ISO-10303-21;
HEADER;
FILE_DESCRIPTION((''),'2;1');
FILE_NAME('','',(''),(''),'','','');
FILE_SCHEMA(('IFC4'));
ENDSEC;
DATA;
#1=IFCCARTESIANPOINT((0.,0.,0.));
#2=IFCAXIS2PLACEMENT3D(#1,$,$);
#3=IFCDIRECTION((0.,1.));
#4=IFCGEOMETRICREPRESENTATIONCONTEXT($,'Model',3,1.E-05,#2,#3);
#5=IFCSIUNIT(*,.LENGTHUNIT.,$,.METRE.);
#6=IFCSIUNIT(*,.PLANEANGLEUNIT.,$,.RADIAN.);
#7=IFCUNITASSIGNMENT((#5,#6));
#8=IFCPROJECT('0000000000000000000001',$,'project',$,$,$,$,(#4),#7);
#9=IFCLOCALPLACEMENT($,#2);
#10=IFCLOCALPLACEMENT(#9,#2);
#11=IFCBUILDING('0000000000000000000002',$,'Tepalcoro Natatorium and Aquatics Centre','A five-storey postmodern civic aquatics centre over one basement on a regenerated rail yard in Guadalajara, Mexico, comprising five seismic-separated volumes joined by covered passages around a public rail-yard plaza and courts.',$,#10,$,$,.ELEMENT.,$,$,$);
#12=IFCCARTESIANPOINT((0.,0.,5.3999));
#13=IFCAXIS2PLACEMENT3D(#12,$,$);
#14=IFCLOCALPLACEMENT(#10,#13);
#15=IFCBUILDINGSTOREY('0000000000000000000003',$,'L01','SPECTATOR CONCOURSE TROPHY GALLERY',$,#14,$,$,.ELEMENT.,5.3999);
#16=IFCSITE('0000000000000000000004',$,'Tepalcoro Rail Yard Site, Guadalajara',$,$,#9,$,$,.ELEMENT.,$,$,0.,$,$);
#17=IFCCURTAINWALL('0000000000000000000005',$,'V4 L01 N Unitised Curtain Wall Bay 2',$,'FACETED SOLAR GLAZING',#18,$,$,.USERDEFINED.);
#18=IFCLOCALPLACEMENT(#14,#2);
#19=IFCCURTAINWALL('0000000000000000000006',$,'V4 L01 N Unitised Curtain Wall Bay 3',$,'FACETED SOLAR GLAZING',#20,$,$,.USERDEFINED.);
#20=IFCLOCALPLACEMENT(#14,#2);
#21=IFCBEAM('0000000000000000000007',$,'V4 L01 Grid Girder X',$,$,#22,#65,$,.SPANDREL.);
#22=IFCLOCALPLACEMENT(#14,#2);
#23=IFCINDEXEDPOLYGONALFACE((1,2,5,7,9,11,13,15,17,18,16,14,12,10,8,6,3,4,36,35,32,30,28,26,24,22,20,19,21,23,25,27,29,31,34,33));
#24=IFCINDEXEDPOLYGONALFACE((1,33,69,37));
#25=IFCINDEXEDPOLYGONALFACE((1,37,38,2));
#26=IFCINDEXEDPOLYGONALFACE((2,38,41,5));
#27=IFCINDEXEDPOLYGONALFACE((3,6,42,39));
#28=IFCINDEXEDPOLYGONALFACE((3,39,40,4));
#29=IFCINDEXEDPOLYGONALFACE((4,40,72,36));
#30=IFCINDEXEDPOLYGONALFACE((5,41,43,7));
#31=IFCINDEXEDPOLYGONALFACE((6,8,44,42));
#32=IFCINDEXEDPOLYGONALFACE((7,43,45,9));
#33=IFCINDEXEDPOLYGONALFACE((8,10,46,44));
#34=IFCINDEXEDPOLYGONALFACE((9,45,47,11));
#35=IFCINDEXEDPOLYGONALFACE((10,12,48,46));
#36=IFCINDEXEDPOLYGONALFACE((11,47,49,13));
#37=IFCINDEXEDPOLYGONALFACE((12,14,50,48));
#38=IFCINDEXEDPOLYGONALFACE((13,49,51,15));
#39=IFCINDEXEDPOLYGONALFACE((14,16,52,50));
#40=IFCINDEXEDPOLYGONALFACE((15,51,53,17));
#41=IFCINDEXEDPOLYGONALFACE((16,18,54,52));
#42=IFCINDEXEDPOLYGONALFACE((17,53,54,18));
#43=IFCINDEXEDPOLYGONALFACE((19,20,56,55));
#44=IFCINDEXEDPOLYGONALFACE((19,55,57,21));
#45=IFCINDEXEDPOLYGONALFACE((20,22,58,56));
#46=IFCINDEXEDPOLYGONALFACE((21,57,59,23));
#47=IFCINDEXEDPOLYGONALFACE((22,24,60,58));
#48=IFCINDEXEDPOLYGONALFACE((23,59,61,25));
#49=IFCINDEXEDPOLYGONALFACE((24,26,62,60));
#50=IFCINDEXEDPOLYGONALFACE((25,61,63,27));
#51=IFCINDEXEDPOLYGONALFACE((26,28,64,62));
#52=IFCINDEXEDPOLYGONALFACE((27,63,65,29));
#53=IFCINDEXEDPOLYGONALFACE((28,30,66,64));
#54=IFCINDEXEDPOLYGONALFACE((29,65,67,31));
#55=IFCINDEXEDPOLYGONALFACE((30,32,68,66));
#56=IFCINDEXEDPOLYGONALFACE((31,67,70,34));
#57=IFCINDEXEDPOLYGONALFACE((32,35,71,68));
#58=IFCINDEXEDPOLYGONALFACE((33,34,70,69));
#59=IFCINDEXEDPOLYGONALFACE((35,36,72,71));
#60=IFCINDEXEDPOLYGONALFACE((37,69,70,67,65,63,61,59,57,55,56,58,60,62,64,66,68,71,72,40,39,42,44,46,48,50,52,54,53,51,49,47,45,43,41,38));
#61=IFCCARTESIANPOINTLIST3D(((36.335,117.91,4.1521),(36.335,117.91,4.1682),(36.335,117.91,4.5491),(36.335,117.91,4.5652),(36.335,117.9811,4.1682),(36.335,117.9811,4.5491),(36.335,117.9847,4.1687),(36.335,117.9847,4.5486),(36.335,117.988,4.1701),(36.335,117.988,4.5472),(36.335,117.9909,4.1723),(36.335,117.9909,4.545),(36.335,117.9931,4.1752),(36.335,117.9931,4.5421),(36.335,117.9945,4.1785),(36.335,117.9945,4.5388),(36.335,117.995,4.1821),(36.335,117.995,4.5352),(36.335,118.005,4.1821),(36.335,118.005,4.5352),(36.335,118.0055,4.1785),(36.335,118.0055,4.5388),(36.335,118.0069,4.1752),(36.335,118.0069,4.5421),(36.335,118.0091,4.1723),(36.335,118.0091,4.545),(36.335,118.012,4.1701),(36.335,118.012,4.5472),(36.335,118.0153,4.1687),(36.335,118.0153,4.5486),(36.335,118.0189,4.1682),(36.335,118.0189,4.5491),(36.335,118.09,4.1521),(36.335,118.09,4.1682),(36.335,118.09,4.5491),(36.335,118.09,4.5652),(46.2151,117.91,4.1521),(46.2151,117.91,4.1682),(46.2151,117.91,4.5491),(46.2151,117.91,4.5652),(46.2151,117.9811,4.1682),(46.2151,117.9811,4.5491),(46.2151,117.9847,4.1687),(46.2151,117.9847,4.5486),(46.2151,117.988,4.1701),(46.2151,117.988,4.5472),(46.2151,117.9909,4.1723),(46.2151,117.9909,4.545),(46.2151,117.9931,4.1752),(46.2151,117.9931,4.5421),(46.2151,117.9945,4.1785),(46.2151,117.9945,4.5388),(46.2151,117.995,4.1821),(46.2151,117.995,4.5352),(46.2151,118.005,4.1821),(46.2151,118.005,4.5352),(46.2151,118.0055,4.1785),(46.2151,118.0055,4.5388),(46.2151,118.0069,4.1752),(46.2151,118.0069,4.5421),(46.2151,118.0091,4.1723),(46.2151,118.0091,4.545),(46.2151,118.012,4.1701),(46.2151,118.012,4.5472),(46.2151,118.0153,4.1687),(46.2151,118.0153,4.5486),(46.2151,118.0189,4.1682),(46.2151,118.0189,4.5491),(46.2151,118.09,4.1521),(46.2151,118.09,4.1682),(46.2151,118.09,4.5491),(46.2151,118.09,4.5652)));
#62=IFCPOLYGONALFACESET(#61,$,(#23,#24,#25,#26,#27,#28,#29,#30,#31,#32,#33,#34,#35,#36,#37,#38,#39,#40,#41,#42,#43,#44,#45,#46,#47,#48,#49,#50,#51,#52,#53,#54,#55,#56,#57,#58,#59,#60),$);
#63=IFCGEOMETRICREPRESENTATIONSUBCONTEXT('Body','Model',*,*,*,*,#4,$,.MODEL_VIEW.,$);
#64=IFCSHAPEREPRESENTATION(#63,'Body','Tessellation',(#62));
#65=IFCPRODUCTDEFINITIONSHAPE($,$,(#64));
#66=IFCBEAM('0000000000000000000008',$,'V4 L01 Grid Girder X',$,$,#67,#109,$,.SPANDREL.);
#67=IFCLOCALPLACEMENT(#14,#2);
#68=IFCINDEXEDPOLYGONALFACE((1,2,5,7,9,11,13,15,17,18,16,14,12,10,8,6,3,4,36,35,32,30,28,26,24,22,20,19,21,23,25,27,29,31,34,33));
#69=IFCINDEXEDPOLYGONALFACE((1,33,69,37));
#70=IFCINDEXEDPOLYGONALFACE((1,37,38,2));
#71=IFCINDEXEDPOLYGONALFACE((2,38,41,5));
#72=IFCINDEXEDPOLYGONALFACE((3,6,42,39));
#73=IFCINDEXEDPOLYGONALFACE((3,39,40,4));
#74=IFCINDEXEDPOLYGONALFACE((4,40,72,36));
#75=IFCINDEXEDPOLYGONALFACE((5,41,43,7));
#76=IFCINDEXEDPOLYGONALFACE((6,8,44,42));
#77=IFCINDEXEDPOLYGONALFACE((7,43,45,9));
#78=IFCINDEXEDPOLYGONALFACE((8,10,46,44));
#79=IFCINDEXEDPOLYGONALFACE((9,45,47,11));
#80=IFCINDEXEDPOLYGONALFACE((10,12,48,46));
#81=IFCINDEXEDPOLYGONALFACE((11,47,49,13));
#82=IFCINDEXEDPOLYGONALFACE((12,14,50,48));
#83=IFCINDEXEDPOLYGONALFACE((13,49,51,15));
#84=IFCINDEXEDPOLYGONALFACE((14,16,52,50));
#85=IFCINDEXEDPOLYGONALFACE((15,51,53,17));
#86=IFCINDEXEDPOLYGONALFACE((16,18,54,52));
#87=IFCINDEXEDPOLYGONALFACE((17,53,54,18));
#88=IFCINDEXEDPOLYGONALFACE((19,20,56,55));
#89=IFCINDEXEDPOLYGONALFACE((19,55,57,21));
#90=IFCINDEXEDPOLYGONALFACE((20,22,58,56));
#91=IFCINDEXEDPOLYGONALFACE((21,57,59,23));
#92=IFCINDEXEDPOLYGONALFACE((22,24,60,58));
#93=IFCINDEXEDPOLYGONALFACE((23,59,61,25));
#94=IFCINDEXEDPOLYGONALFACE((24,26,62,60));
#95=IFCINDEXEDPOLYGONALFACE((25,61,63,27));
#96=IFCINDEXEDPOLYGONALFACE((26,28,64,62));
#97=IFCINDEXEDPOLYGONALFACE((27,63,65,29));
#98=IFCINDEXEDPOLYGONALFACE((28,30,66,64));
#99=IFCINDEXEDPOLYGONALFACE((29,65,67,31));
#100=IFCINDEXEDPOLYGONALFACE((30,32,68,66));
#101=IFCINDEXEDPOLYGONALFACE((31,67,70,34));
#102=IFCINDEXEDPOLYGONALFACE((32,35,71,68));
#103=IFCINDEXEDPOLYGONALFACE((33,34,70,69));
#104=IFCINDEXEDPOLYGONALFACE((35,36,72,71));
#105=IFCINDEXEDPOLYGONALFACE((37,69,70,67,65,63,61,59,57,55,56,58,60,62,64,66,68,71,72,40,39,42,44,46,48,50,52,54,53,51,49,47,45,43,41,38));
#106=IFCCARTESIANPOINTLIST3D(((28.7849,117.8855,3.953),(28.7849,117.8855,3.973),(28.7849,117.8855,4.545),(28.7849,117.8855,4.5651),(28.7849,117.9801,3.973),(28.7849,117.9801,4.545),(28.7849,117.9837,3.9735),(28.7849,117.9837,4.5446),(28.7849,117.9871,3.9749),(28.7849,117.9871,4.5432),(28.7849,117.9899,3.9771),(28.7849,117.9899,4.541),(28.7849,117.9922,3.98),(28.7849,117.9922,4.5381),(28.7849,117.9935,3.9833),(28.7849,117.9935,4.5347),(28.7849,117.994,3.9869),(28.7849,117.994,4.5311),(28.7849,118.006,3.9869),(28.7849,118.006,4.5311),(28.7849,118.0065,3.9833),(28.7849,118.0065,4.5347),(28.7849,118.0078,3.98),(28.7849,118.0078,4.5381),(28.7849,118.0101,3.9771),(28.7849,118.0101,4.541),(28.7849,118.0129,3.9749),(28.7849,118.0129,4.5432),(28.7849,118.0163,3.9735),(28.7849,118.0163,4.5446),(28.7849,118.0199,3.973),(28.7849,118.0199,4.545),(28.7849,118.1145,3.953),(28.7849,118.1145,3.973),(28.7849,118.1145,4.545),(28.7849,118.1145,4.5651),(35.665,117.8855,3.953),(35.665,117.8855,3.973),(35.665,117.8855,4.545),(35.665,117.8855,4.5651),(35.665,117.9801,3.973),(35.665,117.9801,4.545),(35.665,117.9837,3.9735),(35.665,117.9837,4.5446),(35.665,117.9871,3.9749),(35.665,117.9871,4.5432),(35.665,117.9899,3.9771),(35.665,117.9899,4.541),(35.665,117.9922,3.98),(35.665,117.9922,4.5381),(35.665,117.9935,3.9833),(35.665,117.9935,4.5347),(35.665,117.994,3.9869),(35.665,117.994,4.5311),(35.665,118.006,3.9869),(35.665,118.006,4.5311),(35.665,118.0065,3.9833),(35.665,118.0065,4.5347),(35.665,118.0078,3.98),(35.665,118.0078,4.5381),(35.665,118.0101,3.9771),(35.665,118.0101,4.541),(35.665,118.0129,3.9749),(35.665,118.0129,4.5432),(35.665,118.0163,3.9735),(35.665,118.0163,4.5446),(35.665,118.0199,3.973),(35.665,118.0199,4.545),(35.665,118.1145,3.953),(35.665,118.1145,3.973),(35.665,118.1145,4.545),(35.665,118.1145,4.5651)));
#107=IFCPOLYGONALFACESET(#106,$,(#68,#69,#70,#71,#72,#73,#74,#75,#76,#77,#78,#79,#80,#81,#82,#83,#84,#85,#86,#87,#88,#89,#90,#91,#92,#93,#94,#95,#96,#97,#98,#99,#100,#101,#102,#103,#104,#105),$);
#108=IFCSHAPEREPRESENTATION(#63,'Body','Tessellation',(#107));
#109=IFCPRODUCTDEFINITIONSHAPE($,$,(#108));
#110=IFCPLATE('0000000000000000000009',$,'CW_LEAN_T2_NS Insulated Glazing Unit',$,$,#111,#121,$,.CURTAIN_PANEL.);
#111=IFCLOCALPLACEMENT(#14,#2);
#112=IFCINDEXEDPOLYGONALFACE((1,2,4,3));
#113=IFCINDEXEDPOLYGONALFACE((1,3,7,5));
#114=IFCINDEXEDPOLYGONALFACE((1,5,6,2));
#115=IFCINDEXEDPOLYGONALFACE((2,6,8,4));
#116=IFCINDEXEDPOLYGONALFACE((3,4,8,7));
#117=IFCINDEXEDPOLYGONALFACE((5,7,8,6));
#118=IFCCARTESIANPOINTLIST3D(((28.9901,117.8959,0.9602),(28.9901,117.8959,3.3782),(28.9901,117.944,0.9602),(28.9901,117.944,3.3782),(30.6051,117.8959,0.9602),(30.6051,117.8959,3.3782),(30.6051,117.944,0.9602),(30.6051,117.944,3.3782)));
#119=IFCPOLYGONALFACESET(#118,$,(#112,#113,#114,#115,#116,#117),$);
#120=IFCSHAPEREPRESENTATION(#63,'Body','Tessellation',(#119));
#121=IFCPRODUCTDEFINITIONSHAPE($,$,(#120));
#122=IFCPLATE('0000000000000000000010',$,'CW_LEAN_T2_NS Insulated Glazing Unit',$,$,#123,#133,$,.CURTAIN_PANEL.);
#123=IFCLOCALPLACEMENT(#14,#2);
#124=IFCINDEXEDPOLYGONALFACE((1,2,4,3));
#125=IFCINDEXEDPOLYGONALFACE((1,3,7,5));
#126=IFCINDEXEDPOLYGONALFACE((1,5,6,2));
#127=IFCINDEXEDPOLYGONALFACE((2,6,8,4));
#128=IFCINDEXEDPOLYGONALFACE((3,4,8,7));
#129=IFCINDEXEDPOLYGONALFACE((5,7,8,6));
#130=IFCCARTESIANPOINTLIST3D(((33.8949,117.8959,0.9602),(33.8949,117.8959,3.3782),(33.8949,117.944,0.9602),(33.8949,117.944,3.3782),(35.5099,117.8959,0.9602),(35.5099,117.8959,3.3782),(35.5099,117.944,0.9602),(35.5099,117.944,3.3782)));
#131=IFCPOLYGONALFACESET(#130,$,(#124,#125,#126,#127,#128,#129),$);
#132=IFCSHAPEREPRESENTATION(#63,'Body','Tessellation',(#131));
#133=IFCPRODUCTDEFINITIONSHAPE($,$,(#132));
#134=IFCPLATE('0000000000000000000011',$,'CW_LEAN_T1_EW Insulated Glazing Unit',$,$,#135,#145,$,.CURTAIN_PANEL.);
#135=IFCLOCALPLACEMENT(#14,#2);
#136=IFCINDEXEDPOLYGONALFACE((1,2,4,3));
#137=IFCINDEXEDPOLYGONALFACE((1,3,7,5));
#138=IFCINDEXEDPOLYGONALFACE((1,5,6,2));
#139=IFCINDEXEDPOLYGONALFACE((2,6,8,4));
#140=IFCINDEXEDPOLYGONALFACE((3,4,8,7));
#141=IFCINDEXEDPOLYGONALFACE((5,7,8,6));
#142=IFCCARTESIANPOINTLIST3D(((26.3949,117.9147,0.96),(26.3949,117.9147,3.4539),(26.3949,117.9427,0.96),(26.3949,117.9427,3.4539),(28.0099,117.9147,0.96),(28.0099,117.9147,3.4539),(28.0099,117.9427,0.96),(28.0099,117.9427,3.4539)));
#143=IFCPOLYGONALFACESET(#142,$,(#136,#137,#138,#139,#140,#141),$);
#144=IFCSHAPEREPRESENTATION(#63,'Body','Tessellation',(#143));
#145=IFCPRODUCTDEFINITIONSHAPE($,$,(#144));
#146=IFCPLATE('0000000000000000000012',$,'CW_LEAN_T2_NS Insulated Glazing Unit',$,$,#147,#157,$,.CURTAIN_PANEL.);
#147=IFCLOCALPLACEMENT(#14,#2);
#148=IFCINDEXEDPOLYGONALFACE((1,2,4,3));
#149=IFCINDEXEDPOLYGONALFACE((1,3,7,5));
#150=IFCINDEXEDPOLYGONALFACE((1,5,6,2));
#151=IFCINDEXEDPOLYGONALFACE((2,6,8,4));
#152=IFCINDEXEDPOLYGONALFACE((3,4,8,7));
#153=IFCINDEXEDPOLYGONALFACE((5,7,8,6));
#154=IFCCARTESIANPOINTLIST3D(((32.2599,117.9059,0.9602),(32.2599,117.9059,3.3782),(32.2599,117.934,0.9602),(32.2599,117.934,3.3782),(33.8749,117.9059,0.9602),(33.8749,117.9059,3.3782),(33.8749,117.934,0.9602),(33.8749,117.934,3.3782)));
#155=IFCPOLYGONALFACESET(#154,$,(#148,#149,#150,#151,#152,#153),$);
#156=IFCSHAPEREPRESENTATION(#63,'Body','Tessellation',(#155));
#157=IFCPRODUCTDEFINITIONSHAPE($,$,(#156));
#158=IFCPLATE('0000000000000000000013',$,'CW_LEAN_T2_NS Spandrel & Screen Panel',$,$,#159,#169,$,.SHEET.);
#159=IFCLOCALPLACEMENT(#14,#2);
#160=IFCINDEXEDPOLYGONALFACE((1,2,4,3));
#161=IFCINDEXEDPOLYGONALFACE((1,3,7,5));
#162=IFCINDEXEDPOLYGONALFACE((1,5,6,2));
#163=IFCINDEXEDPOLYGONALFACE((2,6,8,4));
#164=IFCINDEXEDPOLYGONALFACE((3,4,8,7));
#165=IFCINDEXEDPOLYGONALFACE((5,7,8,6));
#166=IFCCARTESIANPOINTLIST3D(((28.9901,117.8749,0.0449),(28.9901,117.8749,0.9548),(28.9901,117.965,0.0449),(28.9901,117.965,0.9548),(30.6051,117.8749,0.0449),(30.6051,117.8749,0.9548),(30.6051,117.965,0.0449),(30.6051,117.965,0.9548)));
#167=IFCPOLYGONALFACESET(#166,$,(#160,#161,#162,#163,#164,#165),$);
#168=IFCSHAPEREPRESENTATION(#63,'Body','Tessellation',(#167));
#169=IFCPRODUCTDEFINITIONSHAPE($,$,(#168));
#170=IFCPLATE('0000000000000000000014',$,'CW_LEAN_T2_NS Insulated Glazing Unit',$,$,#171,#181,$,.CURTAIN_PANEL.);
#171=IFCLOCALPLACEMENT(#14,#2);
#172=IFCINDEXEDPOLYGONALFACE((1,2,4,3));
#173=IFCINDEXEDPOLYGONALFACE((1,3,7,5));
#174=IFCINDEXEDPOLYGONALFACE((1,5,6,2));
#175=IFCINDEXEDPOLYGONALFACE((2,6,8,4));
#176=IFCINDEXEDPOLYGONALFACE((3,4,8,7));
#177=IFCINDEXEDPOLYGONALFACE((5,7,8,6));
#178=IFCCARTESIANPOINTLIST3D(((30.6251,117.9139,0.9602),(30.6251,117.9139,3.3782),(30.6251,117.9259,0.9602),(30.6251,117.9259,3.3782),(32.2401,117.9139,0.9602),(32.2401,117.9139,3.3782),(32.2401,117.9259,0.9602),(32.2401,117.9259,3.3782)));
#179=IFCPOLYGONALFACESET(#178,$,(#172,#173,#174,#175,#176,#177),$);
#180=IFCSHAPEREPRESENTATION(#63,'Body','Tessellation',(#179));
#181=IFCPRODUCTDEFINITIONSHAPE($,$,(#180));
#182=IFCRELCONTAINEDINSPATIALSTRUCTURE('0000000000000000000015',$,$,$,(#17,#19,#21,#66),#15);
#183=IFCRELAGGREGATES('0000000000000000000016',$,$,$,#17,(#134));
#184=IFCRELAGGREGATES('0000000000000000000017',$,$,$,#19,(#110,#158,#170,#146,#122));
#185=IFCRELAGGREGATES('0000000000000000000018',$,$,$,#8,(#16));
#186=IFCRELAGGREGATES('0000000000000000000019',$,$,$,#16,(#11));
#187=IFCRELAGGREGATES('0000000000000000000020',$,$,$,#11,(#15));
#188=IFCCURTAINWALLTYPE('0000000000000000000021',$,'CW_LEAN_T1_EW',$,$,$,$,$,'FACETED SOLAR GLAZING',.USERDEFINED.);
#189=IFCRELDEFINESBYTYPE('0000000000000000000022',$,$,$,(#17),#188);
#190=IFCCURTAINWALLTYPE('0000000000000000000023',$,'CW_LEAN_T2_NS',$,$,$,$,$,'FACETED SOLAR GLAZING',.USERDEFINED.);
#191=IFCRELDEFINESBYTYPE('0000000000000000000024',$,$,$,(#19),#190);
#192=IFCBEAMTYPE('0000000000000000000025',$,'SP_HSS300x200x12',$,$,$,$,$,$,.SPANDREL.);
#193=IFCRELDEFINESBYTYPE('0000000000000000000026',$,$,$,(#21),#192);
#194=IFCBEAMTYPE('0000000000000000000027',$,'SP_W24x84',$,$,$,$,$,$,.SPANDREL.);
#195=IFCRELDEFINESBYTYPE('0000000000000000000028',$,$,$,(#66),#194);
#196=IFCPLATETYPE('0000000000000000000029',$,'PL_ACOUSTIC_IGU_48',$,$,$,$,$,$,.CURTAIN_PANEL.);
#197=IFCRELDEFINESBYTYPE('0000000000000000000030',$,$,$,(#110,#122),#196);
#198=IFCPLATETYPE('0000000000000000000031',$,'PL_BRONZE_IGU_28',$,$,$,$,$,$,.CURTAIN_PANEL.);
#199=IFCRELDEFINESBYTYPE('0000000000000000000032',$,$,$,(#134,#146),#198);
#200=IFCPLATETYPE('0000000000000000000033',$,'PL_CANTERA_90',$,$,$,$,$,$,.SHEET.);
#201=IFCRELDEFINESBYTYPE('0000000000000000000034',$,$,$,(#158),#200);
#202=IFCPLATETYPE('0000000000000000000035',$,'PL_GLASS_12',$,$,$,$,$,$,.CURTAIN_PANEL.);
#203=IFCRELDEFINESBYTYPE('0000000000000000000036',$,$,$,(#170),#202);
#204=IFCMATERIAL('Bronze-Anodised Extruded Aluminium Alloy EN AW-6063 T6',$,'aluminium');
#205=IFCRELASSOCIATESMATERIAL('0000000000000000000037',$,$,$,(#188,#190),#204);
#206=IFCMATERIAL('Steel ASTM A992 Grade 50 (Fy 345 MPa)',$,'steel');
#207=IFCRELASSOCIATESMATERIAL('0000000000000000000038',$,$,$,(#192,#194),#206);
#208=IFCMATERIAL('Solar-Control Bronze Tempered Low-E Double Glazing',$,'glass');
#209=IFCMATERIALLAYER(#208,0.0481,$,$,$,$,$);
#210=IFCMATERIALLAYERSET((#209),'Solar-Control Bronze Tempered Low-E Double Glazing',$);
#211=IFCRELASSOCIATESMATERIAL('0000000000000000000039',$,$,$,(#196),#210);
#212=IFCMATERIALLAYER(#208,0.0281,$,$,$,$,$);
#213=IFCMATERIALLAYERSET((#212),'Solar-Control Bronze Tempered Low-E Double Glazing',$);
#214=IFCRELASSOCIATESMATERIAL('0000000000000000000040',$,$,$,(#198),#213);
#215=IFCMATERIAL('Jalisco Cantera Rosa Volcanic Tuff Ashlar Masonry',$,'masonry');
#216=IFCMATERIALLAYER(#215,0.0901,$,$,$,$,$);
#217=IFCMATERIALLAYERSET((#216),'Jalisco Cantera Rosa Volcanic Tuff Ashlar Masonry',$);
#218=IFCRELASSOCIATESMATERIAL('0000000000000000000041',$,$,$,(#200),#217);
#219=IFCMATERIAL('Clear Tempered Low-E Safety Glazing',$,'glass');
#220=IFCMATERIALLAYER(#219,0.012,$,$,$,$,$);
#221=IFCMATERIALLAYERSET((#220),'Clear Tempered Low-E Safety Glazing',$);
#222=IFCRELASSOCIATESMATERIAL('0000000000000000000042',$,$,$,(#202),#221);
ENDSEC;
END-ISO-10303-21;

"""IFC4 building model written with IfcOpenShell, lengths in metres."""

from ifc_helpers import new_model, si_unit, direction, frame, origin, origin_2d, place, context, subcontext, project, spatial, rectangle, i_section, extrude, material, layer, layer_set, material_profile, profile_set, type_object, element, aggregate, save


model = new_model("IFC4")

# Units and contexts
model_context = context("Model", 3, precision=1e-05, world=origin(), true_north=direction((0.0, 1.0)))
body_context = subcontext(model_context, "Body", "Model", "MODEL_VIEW")
ifc_project = project(units=[si_unit("LENGTHUNIT", "METRE"), si_unit("PLANEANGLEUNIT", "RADIAN")], contexts=[model_context])

# Site, building, storey
site_placement = place(None, origin())
site = spatial("IfcSite", under=ifc_project, at=site_placement, Name="Tepalcoro Rail Yard Site, Guadalajara", CompositionType="ELEMENT", RefElevation=0.0)
building_placement = place(site_placement, origin())
building = spatial("IfcBuilding", under=site, at=building_placement, Name="Tepalcoro Natatorium and Aquatics Centre", Description="A five-storey postmodern civic aquatics centre over one basement on a regenerated rail yard in Guadalajara, Mexico, comprising five seismic-separated volumes joined by covered passages around a public rail-yard plaza and courts.", CompositionType="ELEMENT")
storey_placement = place(building_placement, frame((0.0, 0.0, 5.3999)))
storey = spatial("IfcBuildingStorey", under=building, at=storey_placement, Name="L01", Description="SPECTATOR CONCOURSE TROPHY GALLERY", CompositionType="ELEMENT", Elevation=5.3999)

# Curtain walls
ifc_material_1 = material(Name="Bronze-Anodised Extruded Aluminium Alloy EN AW-6063 T6", Category="aluminium")
curtain_wall_type_1 = type_object("IfcCurtainWallType", Name="CW_LEAN_T1_EW", ElementType="FACETED SOLAR GLAZING", PredefinedType="USERDEFINED", material=ifc_material_1)
curtain_wall_1_placement = place(storey_placement, origin())
curtain_wall_1 = element("IfcCurtainWall", 1, at=curtain_wall_1_placement, inside=storey, type_object=curtain_wall_type_1, Name="V4 L01 N Unitised Curtain Wall Bay 2", ObjectType="FACETED SOLAR GLAZING", PredefinedType="USERDEFINED")
curtain_wall_type_2 = type_object("IfcCurtainWallType", Name="CW_LEAN_T2_NS", ElementType="FACETED SOLAR GLAZING", PredefinedType="USERDEFINED", material=ifc_material_1)
curtain_wall_2_placement = place(storey_placement, origin())
curtain_wall_2 = element("IfcCurtainWall", 2, at=curtain_wall_2_placement, inside=storey, type_object=curtain_wall_type_2, Name="V4 L01 N Unitised Curtain Wall Bay 3", ObjectType="FACETED SOLAR GLAZING", PredefinedType="USERDEFINED")

# Beams
ifc_material_2 = material(Name="Steel ASTM A992 Grade 50 (Fy 345 MPa)", Category="steel")
ifc_material_profile_1 = material_profile(ifc_material_2, i_section(OverallWidth=0.1799, OverallDepth=0.4131, WebThickness=0.01, FlangeThickness=0.0161, FilletRadius=0.0139, at=origin_2d()), Name="W16X50")
ifc_profile_set_1 = profile_set([ifc_material_profile_1], Name="Steel ASTM A992 Grade 50 (Fy 345 MPa)")
beam_type_1 = type_object("IfcBeamType", Name="SP_HSS300x200x12", PredefinedType="SPANDREL", material=ifc_profile_set_1)
beam_1_placement = place(storey_placement, frame((36.335, 118.0, 4.3586), z_axis=(1.0, 0.0, 0.0), x_axis=(0.0, 1.0, 0.0)))
element("IfcBeam", 3, at=beam_1_placement, inside=storey, type_object=beam_type_1, Name="V4 L01 Grid Girder X", PredefinedType="SPANDREL", context=body_context, shape_type="SweptSolid", body=[
    extrude(i_section(OverallWidth=0.1799, OverallDepth=0.4131, WebThickness=0.01, FlangeThickness=0.0161, FilletRadius=0.0139, at=origin_2d()), origin(), (0.0, 0.0, 1.0), 9.8801),
])
ifc_material_profile_2 = material_profile(ifc_material_2, i_section(OverallWidth=0.229, OverallDepth=0.6121, WebThickness=0.012, FlangeThickness=0.02, FilletRadius=0.0139, at=origin_2d()), Name="W24X84")
ifc_profile_set_2 = profile_set([ifc_material_profile_2], Name="Steel ASTM A992 Grade 50 (Fy 345 MPa)")
beam_type_2 = type_object("IfcBeamType", Name="SP_W24x84", PredefinedType="SPANDREL", material=ifc_profile_set_2)
beam_2_placement = place(storey_placement, frame((28.7849, 118.0, 4.259), z_axis=(1.0, 0.0, 0.0), x_axis=(0.0, 1.0, 0.0)))
element("IfcBeam", 4, at=beam_2_placement, inside=storey, type_object=beam_type_2, Name="V4 L01 Grid Girder X", PredefinedType="SPANDREL", context=body_context, shape_type="SweptSolid", body=[
    extrude(i_section(OverallWidth=0.229, OverallDepth=0.6121, WebThickness=0.012, FlangeThickness=0.02, FilletRadius=0.0139, at=origin_2d()), origin(), (0.0, 0.0, 1.0), 6.8801),
])

# Plates
ifc_material_3 = material(Name="Solar-Control Bronze Tempered Low-E Double Glazing", Category="glass")
ifc_layer_1 = layer(ifc_material_3, 0.0481)
ifc_layer_set_1 = layer_set([ifc_layer_1], Name="Solar-Control Bronze Tempered Low-E Double Glazing")
plate_type_1 = type_object("IfcPlateType", Name="PL_ACOUSTIC_IGU_48", PredefinedType="CURTAIN_PANEL", material=ifc_layer_set_1)
plate_1_placement = place(storey_placement, frame((29.7976, 117.9199, 0.9602), z_axis=(0.0, 0.0, 1.0), x_axis=(1.0, 0.0, 0.0)))
plate_1 = element("IfcPlate", 5, at=plate_1_placement, type_object=plate_type_1, Name="CW_LEAN_T2_NS Insulated Glazing Unit", PredefinedType="CURTAIN_PANEL", context=body_context, shape_type="SweptSolid", body=[
    extrude(rectangle(XDim=1.615, YDim=0.0481, at=origin_2d()), origin(), (0.0, 0.0, 1.0), 2.418),
])
plate_2_placement = place(storey_placement, frame((34.7024, 117.9199, 0.9602), z_axis=(0.0, 0.0, 1.0), x_axis=(1.0, 0.0, 0.0)))
plate_2 = element("IfcPlate", 6, at=plate_2_placement, type_object=plate_type_1, Name="CW_LEAN_T2_NS Insulated Glazing Unit", PredefinedType="CURTAIN_PANEL", context=body_context, shape_type="SweptSolid", body=[
    extrude(rectangle(XDim=1.615, YDim=0.0481, at=origin_2d()), origin(), (0.0, 0.0, 1.0), 2.418),
])
ifc_layer_2 = layer(ifc_material_3, 0.0281)
ifc_layer_set_2 = layer_set([ifc_layer_2], Name="Solar-Control Bronze Tempered Low-E Double Glazing")
plate_type_2 = type_object("IfcPlateType", Name="PL_BRONZE_IGU_28", PredefinedType="CURTAIN_PANEL", material=ifc_layer_set_2)
plate_3_placement = place(storey_placement, frame((27.2024, 117.9287, 0.96), z_axis=(0.0, 0.0, 1.0), x_axis=(1.0, 0.0, 0.0)))
plate_3 = element("IfcPlate", 7, at=plate_3_placement, type_object=plate_type_2, Name="CW_LEAN_T1_EW Insulated Glazing Unit", PredefinedType="CURTAIN_PANEL", context=body_context, shape_type="SweptSolid", body=[
    extrude(rectangle(XDim=1.615, YDim=0.0281, at=origin_2d()), origin(), (0.0, 0.0, 1.0), 2.4939),
])
plate_4_placement = place(storey_placement, frame((33.0674, 117.9199, 0.9602), z_axis=(0.0, 0.0, 1.0), x_axis=(1.0, 0.0, 0.0)))
plate_4 = element("IfcPlate", 8, at=plate_4_placement, type_object=plate_type_2, Name="CW_LEAN_T2_NS Insulated Glazing Unit", PredefinedType="CURTAIN_PANEL", context=body_context, shape_type="SweptSolid", body=[
    extrude(rectangle(XDim=1.615, YDim=0.0281, at=origin_2d()), origin(), (0.0, 0.0, 1.0), 2.418),
])
ifc_material_4 = material(Name="Jalisco Cantera Rosa Volcanic Tuff Ashlar Masonry", Category="masonry")
ifc_layer_3 = layer(ifc_material_4, 0.0901)
ifc_layer_set_3 = layer_set([ifc_layer_3], Name="Jalisco Cantera Rosa Volcanic Tuff Ashlar Masonry")
plate_type_3 = type_object("IfcPlateType", Name="PL_CANTERA_90", PredefinedType="SHEET", material=ifc_layer_set_3)
plate_5_placement = place(storey_placement, frame((29.7976, 117.9199, 0.0449), z_axis=(0.0, 0.0, 1.0), x_axis=(1.0, 0.0, 0.0)))
plate_5 = element("IfcPlate", 9, at=plate_5_placement, type_object=plate_type_3, Name="CW_LEAN_T2_NS Spandrel & Screen Panel", PredefinedType="SHEET", context=body_context, shape_type="SweptSolid", body=[
    extrude(rectangle(XDim=1.615, YDim=0.0901, at=origin_2d()), origin(), (0.0, 0.0, 1.0), 0.9099),
])
ifc_material_5 = material(Name="Clear Tempered Low-E Safety Glazing", Category="glass")
ifc_layer_4 = layer(ifc_material_5, 0.012)
ifc_layer_set_4 = layer_set([ifc_layer_4], Name="Clear Tempered Low-E Safety Glazing")
plate_type_4 = type_object("IfcPlateType", Name="PL_GLASS_12", PredefinedType="CURTAIN_PANEL", material=ifc_layer_set_4)
plate_6_placement = place(storey_placement, frame((31.4326, 117.9199, 0.9602), z_axis=(0.0, 0.0, 1.0), x_axis=(1.0, 0.0, 0.0)))
plate_6 = element("IfcPlate", 10, at=plate_6_placement, type_object=plate_type_4, Name="CW_LEAN_T2_NS Insulated Glazing Unit", PredefinedType="CURTAIN_PANEL", context=body_context, shape_type="SweptSolid", body=[
    extrude(rectangle(XDim=1.615, YDim=0.012, at=origin_2d()), origin(), (0.0, 0.0, 1.0), 2.418),
])
aggregate(curtain_wall_1, [plate_3])
aggregate(curtain_wall_2, [plate_1, plate_5, plate_6, plate_4, plate_2])

save(model, "model.ifc")
